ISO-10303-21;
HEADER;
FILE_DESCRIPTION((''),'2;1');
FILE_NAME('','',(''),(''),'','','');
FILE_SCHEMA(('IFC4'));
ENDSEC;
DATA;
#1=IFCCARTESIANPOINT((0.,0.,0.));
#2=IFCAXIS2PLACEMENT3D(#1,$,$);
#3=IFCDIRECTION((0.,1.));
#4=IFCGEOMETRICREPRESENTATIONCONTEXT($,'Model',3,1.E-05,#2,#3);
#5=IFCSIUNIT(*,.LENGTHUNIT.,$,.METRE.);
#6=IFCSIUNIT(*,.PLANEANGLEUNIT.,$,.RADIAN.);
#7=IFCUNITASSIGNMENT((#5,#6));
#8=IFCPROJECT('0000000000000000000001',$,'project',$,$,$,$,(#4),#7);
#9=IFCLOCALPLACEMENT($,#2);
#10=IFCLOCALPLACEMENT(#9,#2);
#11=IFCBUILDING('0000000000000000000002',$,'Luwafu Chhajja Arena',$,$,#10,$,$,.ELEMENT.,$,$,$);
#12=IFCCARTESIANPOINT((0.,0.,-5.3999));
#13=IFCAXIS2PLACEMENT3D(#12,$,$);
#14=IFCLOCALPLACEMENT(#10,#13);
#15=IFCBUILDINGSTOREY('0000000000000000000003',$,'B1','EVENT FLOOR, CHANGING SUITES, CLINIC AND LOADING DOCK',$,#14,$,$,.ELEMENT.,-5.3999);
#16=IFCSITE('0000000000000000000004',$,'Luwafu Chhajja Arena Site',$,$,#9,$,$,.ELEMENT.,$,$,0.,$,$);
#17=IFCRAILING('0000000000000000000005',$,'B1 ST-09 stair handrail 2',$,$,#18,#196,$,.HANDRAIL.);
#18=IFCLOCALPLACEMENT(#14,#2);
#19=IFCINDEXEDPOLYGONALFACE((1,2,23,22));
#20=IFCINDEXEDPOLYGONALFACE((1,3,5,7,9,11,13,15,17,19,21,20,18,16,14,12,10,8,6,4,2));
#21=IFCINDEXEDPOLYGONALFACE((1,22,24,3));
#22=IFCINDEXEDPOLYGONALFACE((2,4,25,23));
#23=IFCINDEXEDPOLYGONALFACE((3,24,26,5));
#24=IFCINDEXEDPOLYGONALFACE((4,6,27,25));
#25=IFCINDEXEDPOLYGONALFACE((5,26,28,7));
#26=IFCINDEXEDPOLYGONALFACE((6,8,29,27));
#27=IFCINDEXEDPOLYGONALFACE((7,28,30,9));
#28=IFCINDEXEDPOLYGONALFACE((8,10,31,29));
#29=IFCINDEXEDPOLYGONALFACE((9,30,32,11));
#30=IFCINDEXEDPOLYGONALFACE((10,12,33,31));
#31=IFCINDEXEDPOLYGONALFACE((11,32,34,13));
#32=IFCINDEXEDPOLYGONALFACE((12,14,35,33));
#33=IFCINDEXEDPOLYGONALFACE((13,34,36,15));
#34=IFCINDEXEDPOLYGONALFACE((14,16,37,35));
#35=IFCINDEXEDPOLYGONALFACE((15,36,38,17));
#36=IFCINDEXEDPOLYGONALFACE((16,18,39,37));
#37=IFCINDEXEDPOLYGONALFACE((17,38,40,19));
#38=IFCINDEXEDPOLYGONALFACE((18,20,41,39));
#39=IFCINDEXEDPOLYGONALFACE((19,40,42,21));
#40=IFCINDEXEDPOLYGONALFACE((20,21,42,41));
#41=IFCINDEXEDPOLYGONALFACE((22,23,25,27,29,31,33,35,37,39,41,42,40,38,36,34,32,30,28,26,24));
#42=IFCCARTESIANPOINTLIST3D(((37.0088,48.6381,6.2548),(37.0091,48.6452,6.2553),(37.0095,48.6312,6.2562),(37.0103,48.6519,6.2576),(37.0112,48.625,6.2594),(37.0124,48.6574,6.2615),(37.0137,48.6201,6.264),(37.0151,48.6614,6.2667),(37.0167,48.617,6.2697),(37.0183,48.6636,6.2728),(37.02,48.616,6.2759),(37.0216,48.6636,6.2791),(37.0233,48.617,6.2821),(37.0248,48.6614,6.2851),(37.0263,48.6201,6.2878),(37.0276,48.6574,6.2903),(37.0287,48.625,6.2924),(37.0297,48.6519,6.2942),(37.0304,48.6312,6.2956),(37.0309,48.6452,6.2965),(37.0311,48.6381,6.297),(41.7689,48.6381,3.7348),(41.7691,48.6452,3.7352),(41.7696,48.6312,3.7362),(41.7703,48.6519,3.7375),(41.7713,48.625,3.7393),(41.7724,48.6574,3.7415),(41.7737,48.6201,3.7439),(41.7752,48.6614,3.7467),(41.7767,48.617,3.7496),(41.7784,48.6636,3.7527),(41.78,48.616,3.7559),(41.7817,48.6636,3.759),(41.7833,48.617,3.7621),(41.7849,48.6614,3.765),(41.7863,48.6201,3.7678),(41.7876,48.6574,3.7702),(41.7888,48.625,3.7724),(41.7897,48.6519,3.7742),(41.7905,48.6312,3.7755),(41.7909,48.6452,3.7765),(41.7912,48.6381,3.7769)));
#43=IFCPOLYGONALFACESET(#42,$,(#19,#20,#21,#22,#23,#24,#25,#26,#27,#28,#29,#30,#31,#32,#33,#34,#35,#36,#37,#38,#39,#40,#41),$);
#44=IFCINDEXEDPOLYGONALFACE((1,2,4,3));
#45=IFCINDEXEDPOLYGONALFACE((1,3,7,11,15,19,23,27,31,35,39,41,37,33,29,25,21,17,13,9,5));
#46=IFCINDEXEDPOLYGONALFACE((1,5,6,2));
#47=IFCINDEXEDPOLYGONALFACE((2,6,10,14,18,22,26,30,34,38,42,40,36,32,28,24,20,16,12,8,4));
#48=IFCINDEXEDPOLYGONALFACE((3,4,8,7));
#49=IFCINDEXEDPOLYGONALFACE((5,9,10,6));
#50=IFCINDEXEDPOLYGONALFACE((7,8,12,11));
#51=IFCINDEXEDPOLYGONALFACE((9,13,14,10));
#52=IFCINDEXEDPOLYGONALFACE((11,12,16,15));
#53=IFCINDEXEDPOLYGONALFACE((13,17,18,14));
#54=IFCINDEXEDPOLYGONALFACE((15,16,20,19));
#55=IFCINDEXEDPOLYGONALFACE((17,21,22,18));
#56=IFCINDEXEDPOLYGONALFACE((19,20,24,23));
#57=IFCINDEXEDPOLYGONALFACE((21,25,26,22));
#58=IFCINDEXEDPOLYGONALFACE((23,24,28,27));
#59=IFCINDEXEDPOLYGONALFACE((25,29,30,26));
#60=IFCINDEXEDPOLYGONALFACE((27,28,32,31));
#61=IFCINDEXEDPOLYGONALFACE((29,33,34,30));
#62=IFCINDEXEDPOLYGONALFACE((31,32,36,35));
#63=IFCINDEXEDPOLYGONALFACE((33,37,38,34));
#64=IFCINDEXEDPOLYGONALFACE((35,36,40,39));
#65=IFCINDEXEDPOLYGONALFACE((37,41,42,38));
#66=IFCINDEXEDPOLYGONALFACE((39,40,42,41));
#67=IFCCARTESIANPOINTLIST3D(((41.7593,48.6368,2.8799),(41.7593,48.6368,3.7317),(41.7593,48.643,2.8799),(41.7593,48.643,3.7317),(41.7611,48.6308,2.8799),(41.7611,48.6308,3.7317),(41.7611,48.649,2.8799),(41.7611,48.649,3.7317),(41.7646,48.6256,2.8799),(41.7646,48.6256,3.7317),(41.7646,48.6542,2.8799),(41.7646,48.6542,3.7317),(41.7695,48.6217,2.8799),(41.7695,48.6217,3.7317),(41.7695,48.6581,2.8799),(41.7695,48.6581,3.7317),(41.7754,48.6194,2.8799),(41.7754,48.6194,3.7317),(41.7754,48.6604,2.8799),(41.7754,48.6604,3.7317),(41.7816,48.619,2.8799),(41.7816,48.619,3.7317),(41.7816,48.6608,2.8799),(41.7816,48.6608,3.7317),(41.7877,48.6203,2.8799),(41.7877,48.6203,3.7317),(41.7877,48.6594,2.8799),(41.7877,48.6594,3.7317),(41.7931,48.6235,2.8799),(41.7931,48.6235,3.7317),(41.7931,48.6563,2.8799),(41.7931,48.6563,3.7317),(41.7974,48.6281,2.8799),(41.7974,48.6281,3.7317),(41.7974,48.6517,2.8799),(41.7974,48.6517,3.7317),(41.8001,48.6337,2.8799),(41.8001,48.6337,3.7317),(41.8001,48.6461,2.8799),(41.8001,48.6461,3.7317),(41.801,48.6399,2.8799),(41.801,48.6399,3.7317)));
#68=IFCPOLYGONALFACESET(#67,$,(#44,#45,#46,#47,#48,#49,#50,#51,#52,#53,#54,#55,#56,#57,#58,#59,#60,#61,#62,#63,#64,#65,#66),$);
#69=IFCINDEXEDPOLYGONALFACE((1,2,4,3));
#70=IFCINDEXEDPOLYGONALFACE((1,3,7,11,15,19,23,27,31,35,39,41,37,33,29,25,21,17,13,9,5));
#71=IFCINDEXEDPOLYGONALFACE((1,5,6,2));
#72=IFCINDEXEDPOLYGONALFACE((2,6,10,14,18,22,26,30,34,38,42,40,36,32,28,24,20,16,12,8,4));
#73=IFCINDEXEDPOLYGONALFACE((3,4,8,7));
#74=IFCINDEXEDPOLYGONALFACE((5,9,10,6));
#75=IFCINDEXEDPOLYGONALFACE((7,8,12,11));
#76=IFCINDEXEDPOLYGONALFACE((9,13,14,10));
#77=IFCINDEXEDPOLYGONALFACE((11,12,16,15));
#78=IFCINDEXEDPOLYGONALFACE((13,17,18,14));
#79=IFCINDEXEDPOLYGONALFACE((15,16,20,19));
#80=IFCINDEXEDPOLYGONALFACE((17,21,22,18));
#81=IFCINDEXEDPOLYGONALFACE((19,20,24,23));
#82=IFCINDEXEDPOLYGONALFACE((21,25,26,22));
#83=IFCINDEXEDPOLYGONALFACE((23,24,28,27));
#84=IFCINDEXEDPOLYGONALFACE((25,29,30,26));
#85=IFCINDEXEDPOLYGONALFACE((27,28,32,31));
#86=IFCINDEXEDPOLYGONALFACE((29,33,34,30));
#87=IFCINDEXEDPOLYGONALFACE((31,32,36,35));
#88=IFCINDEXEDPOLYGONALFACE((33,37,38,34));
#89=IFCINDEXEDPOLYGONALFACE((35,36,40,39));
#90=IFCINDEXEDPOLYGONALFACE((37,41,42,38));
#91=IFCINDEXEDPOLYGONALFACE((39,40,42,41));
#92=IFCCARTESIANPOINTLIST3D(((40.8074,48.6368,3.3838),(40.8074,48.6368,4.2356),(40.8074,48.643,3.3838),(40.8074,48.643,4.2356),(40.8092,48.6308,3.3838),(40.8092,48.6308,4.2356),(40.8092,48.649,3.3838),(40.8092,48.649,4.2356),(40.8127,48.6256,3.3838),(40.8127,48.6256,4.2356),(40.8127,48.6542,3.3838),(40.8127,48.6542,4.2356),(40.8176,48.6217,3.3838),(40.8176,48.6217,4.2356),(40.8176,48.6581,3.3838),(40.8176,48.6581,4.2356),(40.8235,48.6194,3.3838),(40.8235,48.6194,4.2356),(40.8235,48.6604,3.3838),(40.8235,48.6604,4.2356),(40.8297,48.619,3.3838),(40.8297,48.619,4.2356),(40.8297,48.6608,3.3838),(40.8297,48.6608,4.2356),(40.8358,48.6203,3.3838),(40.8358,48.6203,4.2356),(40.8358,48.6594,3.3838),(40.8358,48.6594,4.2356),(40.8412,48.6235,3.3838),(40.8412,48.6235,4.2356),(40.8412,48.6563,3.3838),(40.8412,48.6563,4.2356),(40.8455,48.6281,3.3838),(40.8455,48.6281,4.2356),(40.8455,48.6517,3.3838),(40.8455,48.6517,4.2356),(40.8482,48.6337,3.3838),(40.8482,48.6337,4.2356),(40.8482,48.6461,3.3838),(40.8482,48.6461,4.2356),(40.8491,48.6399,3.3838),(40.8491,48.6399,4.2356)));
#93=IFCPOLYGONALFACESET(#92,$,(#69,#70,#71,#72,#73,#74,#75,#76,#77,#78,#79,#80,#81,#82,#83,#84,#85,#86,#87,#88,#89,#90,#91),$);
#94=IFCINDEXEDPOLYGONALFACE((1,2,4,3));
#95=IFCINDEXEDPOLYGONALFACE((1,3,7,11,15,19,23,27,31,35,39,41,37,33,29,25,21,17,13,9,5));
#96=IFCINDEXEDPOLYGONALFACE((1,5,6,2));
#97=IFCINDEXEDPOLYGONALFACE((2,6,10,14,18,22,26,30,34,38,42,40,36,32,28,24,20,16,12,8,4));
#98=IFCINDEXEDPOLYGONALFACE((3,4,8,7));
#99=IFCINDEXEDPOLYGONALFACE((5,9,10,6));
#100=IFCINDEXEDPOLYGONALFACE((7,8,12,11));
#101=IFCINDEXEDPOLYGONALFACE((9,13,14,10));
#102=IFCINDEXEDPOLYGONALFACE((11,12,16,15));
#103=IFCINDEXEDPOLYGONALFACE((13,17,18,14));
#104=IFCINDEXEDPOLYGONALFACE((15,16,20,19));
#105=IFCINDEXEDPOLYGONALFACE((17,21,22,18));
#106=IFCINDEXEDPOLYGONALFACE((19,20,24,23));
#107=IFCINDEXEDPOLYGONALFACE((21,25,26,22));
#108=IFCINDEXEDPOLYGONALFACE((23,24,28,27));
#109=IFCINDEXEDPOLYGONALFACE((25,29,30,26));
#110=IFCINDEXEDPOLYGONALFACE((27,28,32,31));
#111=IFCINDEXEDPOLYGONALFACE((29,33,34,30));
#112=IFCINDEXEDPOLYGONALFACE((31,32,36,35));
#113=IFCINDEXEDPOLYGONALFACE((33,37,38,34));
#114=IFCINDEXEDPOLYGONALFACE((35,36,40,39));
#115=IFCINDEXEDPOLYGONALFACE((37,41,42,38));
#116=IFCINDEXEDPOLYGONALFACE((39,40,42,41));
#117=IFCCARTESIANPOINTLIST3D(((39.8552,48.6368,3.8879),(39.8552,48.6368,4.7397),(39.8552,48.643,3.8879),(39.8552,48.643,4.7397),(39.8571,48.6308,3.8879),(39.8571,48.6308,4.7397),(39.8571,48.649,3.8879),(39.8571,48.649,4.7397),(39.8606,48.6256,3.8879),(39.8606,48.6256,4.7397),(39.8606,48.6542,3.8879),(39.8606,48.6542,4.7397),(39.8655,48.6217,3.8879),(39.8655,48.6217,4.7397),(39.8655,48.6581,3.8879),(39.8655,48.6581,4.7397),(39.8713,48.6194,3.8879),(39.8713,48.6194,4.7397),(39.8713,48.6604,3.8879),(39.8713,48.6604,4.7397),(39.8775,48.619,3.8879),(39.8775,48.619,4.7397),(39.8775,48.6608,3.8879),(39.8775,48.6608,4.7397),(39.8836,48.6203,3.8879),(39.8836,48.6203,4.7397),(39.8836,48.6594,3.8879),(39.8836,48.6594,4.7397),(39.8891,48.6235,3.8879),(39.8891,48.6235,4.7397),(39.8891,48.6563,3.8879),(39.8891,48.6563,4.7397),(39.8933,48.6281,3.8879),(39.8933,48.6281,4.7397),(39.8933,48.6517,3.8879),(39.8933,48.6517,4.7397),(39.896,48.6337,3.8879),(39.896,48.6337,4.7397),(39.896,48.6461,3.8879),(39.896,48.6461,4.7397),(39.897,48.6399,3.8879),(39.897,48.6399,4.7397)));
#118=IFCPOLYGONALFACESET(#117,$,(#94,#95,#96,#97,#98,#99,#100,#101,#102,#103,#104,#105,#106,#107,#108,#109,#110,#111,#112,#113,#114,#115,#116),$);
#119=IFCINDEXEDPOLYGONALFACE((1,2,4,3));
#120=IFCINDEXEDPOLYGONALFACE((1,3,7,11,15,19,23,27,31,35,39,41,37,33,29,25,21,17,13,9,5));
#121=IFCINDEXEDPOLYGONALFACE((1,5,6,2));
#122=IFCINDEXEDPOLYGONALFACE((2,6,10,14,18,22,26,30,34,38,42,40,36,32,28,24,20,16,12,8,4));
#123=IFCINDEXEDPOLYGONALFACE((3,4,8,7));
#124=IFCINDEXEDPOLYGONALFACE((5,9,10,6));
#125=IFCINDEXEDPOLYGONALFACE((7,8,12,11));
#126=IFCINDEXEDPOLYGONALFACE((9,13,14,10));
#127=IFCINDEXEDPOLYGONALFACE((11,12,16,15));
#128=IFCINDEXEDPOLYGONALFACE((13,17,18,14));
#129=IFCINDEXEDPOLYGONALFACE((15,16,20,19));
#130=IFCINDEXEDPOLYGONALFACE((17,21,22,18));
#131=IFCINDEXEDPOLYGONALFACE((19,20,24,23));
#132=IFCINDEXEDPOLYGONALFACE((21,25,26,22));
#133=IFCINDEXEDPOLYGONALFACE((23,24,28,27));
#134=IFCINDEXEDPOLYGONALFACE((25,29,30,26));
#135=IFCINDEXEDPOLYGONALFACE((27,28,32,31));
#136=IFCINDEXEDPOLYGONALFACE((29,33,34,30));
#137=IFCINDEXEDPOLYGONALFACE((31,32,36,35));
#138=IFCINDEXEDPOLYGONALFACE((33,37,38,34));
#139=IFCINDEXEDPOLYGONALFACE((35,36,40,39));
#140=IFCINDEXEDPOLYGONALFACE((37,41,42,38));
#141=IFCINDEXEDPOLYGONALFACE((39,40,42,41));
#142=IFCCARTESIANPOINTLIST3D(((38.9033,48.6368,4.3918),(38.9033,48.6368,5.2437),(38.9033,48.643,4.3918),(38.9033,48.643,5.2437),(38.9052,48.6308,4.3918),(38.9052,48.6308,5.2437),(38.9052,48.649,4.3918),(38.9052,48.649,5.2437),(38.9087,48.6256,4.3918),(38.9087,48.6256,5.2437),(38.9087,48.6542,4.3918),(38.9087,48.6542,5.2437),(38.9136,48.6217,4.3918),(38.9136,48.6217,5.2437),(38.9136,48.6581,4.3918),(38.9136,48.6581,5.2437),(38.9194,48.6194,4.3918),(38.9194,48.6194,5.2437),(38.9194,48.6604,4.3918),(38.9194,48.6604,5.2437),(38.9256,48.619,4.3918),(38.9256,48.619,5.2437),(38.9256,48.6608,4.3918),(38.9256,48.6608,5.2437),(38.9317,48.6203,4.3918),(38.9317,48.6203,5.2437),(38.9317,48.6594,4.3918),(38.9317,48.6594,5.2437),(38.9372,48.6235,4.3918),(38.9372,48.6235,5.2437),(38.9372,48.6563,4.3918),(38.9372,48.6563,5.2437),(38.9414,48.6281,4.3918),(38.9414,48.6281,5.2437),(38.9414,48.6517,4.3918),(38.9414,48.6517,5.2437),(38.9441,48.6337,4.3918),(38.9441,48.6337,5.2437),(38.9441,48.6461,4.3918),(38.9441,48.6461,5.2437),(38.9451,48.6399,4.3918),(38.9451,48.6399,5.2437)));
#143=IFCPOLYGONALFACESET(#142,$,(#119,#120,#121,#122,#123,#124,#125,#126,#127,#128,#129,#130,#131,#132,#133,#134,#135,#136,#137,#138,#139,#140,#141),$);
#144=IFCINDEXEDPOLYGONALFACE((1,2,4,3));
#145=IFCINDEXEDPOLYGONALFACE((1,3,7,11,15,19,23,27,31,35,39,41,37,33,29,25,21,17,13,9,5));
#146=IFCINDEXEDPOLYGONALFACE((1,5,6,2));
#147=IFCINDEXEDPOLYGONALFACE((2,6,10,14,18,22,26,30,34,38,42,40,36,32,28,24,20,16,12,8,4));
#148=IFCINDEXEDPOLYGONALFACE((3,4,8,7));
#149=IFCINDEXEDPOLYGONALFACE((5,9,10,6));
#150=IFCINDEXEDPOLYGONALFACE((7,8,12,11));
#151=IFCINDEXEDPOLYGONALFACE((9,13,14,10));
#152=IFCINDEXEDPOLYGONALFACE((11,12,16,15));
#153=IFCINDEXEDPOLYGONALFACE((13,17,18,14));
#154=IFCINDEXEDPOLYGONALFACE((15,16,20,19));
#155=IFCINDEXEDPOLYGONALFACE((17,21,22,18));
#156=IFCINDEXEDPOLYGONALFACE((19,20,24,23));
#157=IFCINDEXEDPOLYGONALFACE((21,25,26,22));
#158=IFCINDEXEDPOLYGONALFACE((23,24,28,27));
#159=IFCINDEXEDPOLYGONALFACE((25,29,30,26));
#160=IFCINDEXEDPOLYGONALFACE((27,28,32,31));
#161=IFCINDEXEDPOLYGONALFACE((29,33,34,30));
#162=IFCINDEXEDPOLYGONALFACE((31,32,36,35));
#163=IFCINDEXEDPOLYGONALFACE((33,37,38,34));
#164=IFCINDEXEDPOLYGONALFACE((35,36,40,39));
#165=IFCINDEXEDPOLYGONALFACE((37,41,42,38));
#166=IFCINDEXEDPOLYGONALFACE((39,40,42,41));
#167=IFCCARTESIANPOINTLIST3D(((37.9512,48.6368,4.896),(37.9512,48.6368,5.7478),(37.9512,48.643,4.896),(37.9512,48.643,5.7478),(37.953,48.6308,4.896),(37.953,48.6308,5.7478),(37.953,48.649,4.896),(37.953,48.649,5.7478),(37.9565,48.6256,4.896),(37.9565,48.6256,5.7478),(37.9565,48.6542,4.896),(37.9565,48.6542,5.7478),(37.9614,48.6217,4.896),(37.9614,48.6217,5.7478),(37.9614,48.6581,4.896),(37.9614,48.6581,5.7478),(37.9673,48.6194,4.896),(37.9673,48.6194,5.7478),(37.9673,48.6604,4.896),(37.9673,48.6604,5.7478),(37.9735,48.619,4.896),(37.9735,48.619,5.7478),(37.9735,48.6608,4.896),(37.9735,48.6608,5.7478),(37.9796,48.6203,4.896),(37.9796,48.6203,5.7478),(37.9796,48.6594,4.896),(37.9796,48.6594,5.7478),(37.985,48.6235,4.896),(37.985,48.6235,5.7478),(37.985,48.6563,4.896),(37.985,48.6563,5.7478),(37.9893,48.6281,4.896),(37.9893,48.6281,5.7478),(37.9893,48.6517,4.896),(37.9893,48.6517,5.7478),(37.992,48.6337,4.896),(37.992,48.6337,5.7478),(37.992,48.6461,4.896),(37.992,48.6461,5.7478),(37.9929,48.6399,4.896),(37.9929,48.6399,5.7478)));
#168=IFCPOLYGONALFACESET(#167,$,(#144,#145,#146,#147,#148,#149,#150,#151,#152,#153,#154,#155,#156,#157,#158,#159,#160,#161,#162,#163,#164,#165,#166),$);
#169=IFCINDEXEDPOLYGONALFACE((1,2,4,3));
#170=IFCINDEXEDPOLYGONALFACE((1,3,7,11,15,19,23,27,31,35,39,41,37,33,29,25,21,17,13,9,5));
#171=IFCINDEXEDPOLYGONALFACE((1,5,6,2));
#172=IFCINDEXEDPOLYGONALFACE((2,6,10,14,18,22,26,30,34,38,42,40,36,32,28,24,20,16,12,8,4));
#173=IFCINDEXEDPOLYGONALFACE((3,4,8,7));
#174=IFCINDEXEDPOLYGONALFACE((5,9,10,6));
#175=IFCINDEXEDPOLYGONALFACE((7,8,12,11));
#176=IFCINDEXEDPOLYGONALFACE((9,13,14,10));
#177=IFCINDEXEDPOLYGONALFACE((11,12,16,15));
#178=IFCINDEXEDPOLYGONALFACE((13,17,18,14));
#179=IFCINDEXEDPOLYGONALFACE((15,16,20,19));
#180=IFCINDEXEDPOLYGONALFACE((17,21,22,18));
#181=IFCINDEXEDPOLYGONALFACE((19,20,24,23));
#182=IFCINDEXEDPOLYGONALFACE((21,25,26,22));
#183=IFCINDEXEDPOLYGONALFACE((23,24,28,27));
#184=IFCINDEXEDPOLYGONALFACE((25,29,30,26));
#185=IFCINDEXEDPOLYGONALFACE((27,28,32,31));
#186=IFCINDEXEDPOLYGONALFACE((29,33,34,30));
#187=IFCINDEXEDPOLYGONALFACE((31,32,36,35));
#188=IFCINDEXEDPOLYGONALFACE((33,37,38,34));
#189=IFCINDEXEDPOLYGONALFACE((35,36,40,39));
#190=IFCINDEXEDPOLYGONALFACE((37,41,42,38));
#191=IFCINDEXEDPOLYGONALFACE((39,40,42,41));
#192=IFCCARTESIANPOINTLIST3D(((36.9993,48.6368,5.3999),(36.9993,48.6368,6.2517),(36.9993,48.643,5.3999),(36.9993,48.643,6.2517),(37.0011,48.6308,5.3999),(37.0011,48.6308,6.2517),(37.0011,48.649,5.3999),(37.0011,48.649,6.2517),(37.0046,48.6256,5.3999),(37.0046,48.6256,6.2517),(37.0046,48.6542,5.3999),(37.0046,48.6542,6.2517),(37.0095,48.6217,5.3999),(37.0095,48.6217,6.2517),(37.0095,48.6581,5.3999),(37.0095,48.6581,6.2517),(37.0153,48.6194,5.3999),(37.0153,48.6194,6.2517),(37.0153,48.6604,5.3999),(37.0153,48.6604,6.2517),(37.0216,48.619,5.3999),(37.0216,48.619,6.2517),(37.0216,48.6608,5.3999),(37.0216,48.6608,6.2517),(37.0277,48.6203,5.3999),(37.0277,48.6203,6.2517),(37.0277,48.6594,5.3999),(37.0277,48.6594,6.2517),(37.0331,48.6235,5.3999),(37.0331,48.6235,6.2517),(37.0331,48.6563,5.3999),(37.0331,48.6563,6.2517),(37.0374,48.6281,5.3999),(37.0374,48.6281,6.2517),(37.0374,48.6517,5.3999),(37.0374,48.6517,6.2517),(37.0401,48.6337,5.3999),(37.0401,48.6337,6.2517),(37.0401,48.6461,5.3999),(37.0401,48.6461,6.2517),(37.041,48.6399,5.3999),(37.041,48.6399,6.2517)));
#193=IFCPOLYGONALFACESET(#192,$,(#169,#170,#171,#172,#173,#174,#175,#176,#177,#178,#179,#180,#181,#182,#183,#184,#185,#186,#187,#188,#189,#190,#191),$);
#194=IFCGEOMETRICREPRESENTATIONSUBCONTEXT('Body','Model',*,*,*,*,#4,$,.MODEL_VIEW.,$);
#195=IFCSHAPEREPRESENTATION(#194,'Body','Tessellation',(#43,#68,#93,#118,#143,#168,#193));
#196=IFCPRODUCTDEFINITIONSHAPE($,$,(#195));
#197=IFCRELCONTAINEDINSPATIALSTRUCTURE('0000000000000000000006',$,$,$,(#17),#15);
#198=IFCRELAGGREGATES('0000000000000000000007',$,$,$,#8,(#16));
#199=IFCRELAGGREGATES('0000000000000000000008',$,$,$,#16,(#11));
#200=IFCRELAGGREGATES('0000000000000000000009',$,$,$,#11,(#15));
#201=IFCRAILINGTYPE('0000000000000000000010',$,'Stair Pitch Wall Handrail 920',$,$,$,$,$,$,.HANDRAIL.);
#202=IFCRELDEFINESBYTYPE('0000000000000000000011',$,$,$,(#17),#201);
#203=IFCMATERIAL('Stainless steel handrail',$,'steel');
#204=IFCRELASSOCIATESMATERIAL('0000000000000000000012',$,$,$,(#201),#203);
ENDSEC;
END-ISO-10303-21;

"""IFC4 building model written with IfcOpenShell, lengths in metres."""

from ifc_helpers import new_model, si_unit, direction, frame, origin, origin_2d, place, context, subcontext, project, spatial, circle, extrude, material, type_object, element, save


model = new_model("IFC4")

# Units and contexts
model_context = context("Model", 3, precision=1e-05, world=origin(), true_north=direction((0.0, 1.0)))
body_context = subcontext(model_context, "Body", "Model", "MODEL_VIEW")
ifc_project = project(units=[si_unit("LENGTHUNIT", "METRE"), si_unit("PLANEANGLEUNIT", "RADIAN")], contexts=[model_context])

# Site, building, storey
site_placement = place(None, origin())
site = spatial("IfcSite", under=ifc_project, at=site_placement, Name="Luwafu Chhajja Arena Site", CompositionType="ELEMENT", RefElevation=0.0)
building_placement = place(site_placement, origin())
building = spatial("IfcBuilding", under=site, at=building_placement, Name="Luwafu Chhajja Arena", CompositionType="ELEMENT")
storey_placement = place(building_placement, frame((0.0, 0.0, -5.3999)))
storey = spatial("IfcBuildingStorey", under=building, at=storey_placement, Name="B1", Description="EVENT FLOOR, CHANGING SUITES, CLINIC AND LOADING DOCK", CompositionType="ELEMENT", Elevation=-5.3999)

# Railing
ifc_material_1 = material(Name="Stainless steel handrail", Category="steel")
railing_type_1 = type_object("IfcRailingType", Name="Stair Pitch Wall Handrail 920", PredefinedType="HANDRAIL", material=ifc_material_1)
railing_1_placement = place(storey_placement, frame((41.78, 48.6399, 2.8799)))
element("IfcRailing", 1, at=railing_1_placement, inside=storey, type_object=railing_type_1, Name="B1 ST-09 stair handrail 2", PredefinedType="HANDRAIL", context=body_context, shape_type="SweptSolid", body=[
    extrude(circle(Radius=0.0239, at=origin_2d()), frame((0.0, 0.0, 0.876), z_axis=(-0.883787, 0.0, 0.46789), x_axis=(0.0, -1.0, 0.0)), (0.0, 0.0, 1.0), 5.386),
    extrude(circle(Radius=0.021, at=origin_2d()), origin(), (0.0, 0.0, 1.0), 0.8518),
    extrude(circle(Radius=0.021, at=origin_2d()), frame((-0.9519, 0.0, 0.5039)), (0.0, 0.0, 1.0), 0.8518),
    extrude(circle(Radius=0.021, at=origin_2d()), frame((-1.9041, 0.0, 1.0081)), (0.0, 0.0, 1.0), 0.8518),
    extrude(circle(Radius=0.021, at=origin_2d()), frame((-2.856, 0.0, 1.512)), (0.0, 0.0, 1.0), 0.8518),
    extrude(circle(Radius=0.021, at=origin_2d()), frame((-3.8081, 0.0, 2.0161)), (0.0, 0.0, 1.0), 0.8518),
    extrude(circle(Radius=0.021, at=origin_2d()), frame((-4.76, 0.0, 2.52)), (0.0, 0.0, 1.0), 0.8518),
])

save(model, "model.ifc")
